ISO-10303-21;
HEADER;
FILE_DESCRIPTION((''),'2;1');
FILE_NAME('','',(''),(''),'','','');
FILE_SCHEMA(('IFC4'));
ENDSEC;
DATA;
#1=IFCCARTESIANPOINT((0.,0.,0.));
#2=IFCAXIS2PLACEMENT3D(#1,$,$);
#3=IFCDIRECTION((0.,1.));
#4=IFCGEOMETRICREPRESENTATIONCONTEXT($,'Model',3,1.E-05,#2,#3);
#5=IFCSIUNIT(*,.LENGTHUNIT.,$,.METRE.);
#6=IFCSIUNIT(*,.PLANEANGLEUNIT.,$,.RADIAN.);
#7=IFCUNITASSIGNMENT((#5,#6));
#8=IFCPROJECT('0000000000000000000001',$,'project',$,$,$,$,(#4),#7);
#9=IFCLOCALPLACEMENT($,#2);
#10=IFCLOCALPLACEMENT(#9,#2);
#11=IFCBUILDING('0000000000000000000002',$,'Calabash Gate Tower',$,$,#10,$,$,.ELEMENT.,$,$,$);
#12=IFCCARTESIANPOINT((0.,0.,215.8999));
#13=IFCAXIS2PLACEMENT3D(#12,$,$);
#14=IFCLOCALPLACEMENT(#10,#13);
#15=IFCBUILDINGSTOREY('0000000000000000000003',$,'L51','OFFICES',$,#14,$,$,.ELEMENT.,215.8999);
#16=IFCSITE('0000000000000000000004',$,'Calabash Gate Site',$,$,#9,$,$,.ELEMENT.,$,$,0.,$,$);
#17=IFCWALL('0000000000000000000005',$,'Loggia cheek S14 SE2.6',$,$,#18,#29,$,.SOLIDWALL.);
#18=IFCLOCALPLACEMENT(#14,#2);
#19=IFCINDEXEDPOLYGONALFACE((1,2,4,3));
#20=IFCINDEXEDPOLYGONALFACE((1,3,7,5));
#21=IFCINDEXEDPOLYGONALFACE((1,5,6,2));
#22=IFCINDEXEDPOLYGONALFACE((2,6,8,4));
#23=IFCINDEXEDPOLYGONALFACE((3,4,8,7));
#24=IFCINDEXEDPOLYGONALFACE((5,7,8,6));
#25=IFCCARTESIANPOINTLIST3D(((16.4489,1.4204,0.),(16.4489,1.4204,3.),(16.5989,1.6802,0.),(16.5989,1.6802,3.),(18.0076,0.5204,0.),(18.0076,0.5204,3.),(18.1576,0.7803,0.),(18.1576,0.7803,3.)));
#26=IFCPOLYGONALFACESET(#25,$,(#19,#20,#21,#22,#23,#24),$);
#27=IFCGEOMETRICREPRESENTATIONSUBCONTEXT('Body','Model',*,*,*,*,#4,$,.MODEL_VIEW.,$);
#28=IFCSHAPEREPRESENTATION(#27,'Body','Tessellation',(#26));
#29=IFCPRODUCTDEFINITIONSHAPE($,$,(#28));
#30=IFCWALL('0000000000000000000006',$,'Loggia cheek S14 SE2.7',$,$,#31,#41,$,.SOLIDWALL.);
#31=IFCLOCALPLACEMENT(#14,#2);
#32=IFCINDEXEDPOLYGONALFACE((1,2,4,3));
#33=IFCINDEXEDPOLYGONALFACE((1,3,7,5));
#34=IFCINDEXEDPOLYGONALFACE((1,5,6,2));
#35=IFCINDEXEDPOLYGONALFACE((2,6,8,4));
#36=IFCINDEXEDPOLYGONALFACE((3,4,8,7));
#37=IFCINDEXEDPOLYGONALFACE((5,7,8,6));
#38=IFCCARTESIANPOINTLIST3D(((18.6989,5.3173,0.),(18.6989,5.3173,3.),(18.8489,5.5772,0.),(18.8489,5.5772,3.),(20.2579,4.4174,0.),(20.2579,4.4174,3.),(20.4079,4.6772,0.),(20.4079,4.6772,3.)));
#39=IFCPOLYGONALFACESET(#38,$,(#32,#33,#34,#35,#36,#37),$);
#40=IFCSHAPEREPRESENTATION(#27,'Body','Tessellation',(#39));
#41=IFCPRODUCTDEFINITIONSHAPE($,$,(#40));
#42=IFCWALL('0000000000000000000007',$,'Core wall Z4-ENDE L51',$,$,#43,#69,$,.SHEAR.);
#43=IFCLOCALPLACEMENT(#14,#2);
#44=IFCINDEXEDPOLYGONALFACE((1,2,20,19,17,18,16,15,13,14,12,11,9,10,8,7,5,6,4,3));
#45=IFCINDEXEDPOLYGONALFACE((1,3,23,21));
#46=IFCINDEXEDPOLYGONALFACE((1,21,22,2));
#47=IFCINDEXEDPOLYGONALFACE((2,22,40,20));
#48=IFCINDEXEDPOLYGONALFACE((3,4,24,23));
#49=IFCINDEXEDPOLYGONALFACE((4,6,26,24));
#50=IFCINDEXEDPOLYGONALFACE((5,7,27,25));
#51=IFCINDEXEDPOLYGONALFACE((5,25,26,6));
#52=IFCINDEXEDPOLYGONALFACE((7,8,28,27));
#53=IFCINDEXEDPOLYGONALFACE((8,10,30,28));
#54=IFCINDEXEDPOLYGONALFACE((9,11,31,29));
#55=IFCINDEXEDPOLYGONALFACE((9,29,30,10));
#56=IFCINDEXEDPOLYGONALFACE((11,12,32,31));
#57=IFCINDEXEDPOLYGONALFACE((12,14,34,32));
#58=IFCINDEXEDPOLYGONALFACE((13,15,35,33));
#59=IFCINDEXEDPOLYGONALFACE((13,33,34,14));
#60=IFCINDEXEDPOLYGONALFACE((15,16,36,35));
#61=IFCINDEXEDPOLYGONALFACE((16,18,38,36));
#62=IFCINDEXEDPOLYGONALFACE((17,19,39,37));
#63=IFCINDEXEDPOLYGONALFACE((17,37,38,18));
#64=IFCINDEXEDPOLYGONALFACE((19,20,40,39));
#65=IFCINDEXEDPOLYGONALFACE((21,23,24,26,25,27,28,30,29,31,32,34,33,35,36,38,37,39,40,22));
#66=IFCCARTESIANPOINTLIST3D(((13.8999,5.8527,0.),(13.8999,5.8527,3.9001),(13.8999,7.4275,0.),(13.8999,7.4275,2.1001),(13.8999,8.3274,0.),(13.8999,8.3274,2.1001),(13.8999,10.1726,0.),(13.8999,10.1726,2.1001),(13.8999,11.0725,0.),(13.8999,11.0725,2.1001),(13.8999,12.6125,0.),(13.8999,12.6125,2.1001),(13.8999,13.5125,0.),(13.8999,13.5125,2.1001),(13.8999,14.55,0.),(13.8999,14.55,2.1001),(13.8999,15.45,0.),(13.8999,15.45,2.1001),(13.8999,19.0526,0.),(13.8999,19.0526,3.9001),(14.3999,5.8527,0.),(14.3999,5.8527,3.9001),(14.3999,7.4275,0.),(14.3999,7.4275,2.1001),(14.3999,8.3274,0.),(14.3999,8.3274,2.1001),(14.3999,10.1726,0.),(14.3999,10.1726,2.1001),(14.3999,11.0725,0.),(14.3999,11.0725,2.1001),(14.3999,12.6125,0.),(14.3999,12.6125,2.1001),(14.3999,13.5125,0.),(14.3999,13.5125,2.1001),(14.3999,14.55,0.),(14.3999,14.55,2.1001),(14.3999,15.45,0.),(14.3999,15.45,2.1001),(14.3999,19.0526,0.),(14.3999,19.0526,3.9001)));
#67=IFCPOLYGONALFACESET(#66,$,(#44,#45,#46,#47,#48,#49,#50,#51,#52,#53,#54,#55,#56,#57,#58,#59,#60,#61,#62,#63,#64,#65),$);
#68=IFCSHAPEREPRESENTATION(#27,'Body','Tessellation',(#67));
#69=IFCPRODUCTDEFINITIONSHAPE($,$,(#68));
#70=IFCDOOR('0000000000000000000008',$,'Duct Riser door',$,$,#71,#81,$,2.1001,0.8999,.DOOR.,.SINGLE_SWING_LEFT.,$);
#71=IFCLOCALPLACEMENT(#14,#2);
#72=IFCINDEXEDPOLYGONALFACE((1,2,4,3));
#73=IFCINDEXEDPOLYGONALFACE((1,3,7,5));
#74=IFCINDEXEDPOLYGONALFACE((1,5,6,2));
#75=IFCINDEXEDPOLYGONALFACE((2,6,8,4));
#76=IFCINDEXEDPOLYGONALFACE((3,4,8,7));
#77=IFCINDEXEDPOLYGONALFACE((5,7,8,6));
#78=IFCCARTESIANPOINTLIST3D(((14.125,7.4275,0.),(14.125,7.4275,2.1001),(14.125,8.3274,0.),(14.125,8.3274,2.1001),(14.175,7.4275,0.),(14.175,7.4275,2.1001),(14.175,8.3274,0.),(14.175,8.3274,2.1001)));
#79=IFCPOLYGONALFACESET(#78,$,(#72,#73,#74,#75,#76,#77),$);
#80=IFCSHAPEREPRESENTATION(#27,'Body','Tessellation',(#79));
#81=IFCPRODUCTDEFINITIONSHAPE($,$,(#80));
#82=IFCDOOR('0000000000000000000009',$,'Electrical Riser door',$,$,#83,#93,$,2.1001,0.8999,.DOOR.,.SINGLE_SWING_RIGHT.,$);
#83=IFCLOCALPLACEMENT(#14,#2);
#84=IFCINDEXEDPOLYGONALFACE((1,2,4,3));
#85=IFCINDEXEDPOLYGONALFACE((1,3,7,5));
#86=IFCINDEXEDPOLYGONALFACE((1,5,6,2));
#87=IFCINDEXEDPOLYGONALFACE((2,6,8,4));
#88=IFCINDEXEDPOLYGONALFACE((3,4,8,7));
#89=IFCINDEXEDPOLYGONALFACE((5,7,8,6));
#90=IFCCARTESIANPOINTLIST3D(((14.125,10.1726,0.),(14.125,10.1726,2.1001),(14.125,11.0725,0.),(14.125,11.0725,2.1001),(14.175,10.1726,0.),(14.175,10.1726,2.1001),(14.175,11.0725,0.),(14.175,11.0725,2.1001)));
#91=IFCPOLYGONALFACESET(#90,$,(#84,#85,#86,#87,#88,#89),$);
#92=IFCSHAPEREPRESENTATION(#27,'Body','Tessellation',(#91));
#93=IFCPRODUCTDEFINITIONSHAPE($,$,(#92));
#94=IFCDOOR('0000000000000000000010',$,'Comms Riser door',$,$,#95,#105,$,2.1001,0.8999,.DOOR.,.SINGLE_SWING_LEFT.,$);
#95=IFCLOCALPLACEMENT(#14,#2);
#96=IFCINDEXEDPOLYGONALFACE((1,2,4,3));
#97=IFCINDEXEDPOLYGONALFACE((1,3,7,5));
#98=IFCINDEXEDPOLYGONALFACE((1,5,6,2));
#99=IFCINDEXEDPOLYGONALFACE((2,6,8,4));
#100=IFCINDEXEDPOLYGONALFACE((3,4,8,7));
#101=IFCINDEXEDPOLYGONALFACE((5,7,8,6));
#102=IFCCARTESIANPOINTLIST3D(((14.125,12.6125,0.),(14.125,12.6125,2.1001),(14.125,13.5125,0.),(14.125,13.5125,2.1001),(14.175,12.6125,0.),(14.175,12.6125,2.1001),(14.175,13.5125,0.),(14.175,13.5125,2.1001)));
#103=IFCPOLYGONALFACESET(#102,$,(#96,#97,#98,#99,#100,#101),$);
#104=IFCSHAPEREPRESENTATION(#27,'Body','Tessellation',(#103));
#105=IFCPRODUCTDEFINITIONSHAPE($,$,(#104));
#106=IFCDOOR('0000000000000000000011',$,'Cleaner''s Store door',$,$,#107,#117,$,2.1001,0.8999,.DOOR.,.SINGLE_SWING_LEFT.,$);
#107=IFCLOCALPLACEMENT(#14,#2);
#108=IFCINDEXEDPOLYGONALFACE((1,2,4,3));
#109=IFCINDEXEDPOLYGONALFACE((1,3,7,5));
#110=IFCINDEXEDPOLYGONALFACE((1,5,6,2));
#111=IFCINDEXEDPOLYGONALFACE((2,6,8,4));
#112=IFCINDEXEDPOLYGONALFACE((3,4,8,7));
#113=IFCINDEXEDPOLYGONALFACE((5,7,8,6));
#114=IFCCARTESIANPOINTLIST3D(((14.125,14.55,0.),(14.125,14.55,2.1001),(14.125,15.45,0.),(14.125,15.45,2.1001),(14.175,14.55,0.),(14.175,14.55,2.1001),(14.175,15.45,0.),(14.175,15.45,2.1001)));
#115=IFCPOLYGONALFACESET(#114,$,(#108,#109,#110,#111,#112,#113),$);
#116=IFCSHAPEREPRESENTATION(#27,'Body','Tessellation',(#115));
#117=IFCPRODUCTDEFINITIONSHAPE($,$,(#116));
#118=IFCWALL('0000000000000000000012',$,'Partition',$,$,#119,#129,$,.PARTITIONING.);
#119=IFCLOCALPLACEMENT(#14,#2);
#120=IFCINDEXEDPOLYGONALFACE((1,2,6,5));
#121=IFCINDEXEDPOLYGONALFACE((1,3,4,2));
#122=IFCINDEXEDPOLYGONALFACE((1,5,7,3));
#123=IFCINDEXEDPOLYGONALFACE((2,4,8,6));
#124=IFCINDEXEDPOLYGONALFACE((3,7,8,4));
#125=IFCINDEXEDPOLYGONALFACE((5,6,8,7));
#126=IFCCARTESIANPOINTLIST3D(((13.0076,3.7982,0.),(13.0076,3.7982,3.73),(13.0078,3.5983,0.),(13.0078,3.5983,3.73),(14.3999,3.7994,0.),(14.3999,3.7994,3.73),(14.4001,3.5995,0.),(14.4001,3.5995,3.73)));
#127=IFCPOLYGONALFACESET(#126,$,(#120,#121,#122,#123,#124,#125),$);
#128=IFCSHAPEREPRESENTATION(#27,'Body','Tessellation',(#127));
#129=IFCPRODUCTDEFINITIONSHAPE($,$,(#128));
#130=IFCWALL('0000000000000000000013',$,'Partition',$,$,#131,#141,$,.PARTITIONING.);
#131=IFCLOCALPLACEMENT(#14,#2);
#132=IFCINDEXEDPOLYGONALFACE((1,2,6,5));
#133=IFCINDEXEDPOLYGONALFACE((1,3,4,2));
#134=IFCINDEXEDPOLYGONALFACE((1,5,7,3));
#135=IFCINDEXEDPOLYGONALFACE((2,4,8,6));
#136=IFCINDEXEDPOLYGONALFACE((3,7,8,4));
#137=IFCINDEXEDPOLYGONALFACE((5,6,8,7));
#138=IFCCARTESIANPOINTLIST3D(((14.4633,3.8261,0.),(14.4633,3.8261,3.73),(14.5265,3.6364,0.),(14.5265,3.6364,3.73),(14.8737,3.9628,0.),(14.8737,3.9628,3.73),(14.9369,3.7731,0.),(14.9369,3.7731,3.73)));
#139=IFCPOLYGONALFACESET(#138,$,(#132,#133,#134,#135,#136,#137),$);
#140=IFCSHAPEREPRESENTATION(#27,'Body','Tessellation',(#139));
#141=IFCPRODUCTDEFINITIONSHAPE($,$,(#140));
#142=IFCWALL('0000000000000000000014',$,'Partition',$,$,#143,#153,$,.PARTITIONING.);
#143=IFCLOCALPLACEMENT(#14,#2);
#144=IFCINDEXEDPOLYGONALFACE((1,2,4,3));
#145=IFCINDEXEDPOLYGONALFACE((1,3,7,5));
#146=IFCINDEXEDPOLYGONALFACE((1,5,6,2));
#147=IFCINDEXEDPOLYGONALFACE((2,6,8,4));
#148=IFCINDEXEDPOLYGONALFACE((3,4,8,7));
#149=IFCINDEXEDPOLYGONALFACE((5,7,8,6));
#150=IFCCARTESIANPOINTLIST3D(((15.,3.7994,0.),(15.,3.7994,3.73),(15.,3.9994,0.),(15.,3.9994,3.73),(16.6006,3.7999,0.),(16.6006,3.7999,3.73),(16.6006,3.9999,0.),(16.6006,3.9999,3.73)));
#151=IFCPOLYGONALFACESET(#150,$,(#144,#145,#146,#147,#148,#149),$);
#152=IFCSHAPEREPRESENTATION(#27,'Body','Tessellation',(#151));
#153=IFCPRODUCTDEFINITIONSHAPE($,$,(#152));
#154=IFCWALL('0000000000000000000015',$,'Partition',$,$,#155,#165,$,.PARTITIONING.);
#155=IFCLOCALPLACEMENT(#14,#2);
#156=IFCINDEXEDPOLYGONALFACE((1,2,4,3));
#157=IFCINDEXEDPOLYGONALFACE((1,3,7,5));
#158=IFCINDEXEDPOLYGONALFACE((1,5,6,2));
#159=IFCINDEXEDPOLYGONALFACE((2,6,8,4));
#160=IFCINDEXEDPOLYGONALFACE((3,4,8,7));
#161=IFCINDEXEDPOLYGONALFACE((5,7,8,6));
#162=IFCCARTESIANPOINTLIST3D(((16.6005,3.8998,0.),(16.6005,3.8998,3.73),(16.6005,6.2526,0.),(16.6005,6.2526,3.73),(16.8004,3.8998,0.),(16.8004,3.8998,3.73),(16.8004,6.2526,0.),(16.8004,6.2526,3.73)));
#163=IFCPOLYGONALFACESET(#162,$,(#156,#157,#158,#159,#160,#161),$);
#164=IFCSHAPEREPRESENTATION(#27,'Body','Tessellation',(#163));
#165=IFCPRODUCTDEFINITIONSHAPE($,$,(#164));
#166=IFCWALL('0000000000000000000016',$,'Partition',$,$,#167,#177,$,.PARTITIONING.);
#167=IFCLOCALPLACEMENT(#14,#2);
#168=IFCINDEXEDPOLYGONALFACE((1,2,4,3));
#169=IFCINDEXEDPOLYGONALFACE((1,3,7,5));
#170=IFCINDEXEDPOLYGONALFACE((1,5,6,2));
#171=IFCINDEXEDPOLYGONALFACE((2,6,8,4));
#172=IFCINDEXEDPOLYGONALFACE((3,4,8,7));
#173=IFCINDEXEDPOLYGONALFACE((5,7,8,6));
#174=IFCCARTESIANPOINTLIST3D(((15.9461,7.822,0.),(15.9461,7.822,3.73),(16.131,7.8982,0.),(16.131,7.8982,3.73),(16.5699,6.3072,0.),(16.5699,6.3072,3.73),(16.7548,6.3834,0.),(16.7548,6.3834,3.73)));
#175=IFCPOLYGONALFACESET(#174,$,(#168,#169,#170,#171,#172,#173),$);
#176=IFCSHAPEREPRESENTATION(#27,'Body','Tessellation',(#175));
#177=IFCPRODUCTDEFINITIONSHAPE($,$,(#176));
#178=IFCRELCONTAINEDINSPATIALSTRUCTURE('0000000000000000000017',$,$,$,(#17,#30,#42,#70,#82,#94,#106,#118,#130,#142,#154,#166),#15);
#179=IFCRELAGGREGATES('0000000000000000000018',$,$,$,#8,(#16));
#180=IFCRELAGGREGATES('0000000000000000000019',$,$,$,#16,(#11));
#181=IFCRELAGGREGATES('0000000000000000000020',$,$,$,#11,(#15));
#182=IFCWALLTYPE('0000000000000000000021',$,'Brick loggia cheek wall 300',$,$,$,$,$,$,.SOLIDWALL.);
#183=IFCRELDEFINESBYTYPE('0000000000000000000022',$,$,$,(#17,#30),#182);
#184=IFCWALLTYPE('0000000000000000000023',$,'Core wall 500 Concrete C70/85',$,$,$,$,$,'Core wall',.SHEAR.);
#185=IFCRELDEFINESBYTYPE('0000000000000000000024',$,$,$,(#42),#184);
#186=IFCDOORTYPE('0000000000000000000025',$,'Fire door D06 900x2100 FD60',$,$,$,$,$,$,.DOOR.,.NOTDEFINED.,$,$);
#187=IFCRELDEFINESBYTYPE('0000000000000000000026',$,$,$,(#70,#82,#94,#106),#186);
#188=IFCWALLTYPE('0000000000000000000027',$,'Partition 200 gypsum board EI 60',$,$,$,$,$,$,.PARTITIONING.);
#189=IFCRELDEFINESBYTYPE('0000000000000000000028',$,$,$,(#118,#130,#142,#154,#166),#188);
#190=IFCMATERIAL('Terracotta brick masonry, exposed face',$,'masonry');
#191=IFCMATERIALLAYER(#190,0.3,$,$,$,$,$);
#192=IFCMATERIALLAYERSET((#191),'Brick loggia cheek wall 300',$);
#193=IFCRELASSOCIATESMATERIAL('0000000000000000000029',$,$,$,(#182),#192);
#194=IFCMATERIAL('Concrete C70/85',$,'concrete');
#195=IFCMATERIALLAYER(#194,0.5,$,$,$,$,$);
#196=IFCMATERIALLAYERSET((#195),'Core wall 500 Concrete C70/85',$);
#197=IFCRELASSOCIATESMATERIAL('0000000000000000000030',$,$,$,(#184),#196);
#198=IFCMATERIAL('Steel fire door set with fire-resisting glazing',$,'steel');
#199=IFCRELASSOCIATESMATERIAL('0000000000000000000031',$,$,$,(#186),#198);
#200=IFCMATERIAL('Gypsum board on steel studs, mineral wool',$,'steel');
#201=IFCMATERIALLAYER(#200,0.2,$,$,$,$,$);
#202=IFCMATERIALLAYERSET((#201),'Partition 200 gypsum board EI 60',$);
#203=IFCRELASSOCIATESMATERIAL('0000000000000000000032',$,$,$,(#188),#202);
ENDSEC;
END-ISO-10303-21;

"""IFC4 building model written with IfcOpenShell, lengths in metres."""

from ifc_helpers import new_model, si_unit, direction, frame, frame_2d, origin, place, context, subcontext, project, spatial, rectangle, extrude, material, layer, layer_set, type_object, element, fill, save


model = new_model("IFC4")

# Units and contexts
model_context = context("Model", 3, precision=1e-05, world=origin(), true_north=direction((0.0, 1.0)))
body_context = subcontext(model_context, "Body", "Model", "MODEL_VIEW")
ifc_project = project(units=[si_unit("LENGTHUNIT", "METRE"), si_unit("PLANEANGLEUNIT", "RADIAN")], contexts=[model_context])

# Site, building, storey
site_placement = place(None, origin())
site = spatial("IfcSite", under=ifc_project, at=site_placement, Name="Calabash Gate Site", CompositionType="ELEMENT", RefElevation=0.0)
building_placement = place(site_placement, origin())
building = spatial("IfcBuilding", under=site, at=building_placement, Name="Calabash Gate Tower", CompositionType="ELEMENT")
storey_placement = place(building_placement, frame((0.0, 0.0, 215.8999)))
storey = spatial("IfcBuildingStorey", under=building, at=storey_placement, Name="L51", Description="OFFICES", CompositionType="ELEMENT", Elevation=215.8999)

# Walls
ifc_material_1 = material(Name="Terracotta brick masonry, exposed face", Category="masonry")
ifc_layer_1 = layer(ifc_material_1, 0.3)
ifc_layer_set_1 = layer_set([ifc_layer_1], Name="Brick loggia cheek wall 300")
wall_type_1 = type_object("IfcWallType", Name="Brick loggia cheek wall 300", PredefinedType="SOLIDWALL", material=ifc_layer_set_1)
wall_1_placement = place(storey_placement, frame((16.5239, 1.5503, 0.0), z_axis=(0.0, 0.0, 1.0), x_axis=(0.866014, -0.50002, 0.0)))
element("IfcWall", 1, at=wall_1_placement, inside=storey, type_object=wall_type_1, Name="Loggia cheek S14 SE2.6", PredefinedType="SOLIDWALL", context=body_context, shape_type="SweptSolid", body=[
    extrude(rectangle(XDim=1.7998, YDim=0.3, at=frame_2d((0.8999, 0.0))), origin(), (0.0, 0.0, 1.0), 3.0),
])
wall_2_placement = place(storey_placement, frame((20.3328, 4.5474, 0.0), z_axis=(0.0, 0.0, 1.0), x_axis=(-0.866048, 0.499961, 0.0)))
element("IfcWall", 2, at=wall_2_placement, inside=storey, type_object=wall_type_1, Name="Loggia cheek S14 SE2.7", PredefinedType="SOLIDWALL", context=body_context, shape_type="SweptSolid", body=[
    extrude(rectangle(XDim=1.8, YDim=0.3, at=frame_2d((0.8999, 0.0))), origin(), (0.0, 0.0, 1.0), 3.0),
])

# Wall, openings, doors
ifc_material_2 = material(Name="Concrete C70/85", Category="concrete")
ifc_layer_2 = layer(ifc_material_2, 0.5)
ifc_layer_set_2 = layer_set([ifc_layer_2], Name="Core wall 500 Concrete C70/85")
wall_type_2 = type_object("IfcWallType", Name="Core wall 500 Concrete C70/85", ElementType="Core wall", PredefinedType="SHEAR", material=ifc_layer_set_2)
wall_3_placement = place(storey_placement, frame((14.1499, 5.8525, 0.0), z_axis=(0.0, 0.0, 1.0), x_axis=(0.0, 1.0, 0.0)))
wall_3 = element("IfcWall", 3, at=wall_3_placement, inside=storey, type_object=wall_type_2, Name="Core wall Z4-ENDE L51", PredefinedType="SHEAR", context=body_context, shape_type="SweptSolid", body=[
    extrude(rectangle(XDim=13.2, YDim=0.5, at=frame_2d((6.6001, 0.0))), origin(), (0.0, 0.0, 1.0), 3.9001),
])
opening_1_placement = place(wall_3_placement, frame((1.575, 0.0, 0.0)))
opening_1 = element("IfcOpeningElement", 4, at=opening_1_placement, cuts=wall_3, PredefinedType="OPENING", context=body_context, shape_type="SweptSolid", body=[
    extrude(rectangle(XDim=0.8999, YDim=2.1001, at=frame_2d((0.45, 1.05))), frame((0.0, 0.26, 0.0), z_axis=(0.0, -1.0, 0.0), x_axis=(1.0, 0.0, 0.0)), (0.0, 0.0, 1.0), 0.52),
])
opening_2_placement = place(wall_3_placement, frame((4.3201, 0.0, 0.0)))
opening_2 = element("IfcOpeningElement", 5, at=opening_2_placement, cuts=wall_3, PredefinedType="OPENING", context=body_context, shape_type="SweptSolid", body=[
    extrude(rectangle(XDim=0.8999, YDim=2.1001, at=frame_2d((0.45, 1.05))), frame((0.0, 0.26, 0.0), z_axis=(0.0, -1.0, 0.0), x_axis=(1.0, 0.0, 0.0)), (0.0, 0.0, 1.0), 0.52),
])
opening_3_placement = place(wall_3_placement, frame((6.76, 0.0, 0.0)))
opening_3 = element("IfcOpeningElement", 6, at=opening_3_placement, cuts=wall_3, PredefinedType="OPENING", context=body_context, shape_type="SweptSolid", body=[
    extrude(rectangle(XDim=0.8999, YDim=2.1001, at=frame_2d((0.45, 1.05))), frame((0.0, 0.26, 0.0), z_axis=(0.0, -1.0, 0.0), x_axis=(1.0, 0.0, 0.0)), (0.0, 0.0, 1.0), 0.52),
])
opening_4_placement = place(wall_3_placement, frame((8.6975, 0.0, 0.0)))
opening_4 = element("IfcOpeningElement", 7, at=opening_4_placement, cuts=wall_3, PredefinedType="OPENING", context=body_context, shape_type="SweptSolid", body=[
    extrude(rectangle(XDim=0.8999, YDim=2.1001, at=frame_2d((0.45, 1.05))), frame((0.0, 0.26, 0.0), z_axis=(0.0, -1.0, 0.0), x_axis=(1.0, 0.0, 0.0)), (0.0, 0.0, 1.0), 0.52),
])
ifc_material_3 = material(Name="Steel fire door set with fire-resisting glazing", Category="steel")
door_type_1 = type_object("IfcDoorType", Name="Fire door D06 900x2100 FD60", OperationType="NOTDEFINED", PredefinedType="DOOR", material=ifc_material_3)
door_1_placement = place(opening_1_placement, origin())
door_1 = element("IfcDoor", 8, at=door_1_placement, inside=storey, type_object=door_type_1, Name="Duct Riser door", OperationType="SINGLE_SWING_LEFT", OverallHeight=2.1001, OverallWidth=0.8999, PredefinedType="DOOR", context=body_context, shape_type="SweptSolid", body=[
    extrude(rectangle(XDim=0.8999, YDim=2.1001, at=frame_2d((0.45, 1.05))), frame((0.0, 0.0249, 0.0), z_axis=(0.0, -1.0, 0.0), x_axis=(1.0, 0.0, 0.0)), (0.0, 0.0, 1.0), 0.05),
])
fill(opening_1, door_1)
door_2_placement = place(opening_2_placement, origin())
door_2 = element("IfcDoor", 9, at=door_2_placement, inside=storey, type_object=door_type_1, Name="Electrical Riser door", OperationType="SINGLE_SWING_RIGHT", OverallHeight=2.1001, OverallWidth=0.8999, PredefinedType="DOOR", context=body_context, shape_type="SweptSolid", body=[
    extrude(rectangle(XDim=0.8999, YDim=2.1001, at=frame_2d((0.45, 1.05))), frame((0.0, 0.0249, 0.0), z_axis=(0.0, -1.0, 0.0), x_axis=(1.0, 0.0, 0.0)), (0.0, 0.0, 1.0), 0.05),
])
fill(opening_2, door_2)
door_3_placement = place(opening_3_placement, origin())
door_3 = element("IfcDoor", 10, at=door_3_placement, inside=storey, type_object=door_type_1, Name="Comms Riser door", OperationType="SINGLE_SWING_LEFT", OverallHeight=2.1001, OverallWidth=0.8999, PredefinedType="DOOR", context=body_context, shape_type="SweptSolid", body=[
    extrude(rectangle(XDim=0.8999, YDim=2.1001, at=frame_2d((0.45, 1.05))), frame((0.0, 0.0249, 0.0), z_axis=(0.0, -1.0, 0.0), x_axis=(1.0, 0.0, 0.0)), (0.0, 0.0, 1.0), 0.05),
])
fill(opening_3, door_3)
door_4_placement = place(opening_4_placement, origin())
door_4 = element("IfcDoor", 11, at=door_4_placement, inside=storey, type_object=door_type_1, Name="Cleaner's Store door", OperationType="SINGLE_SWING_LEFT", OverallHeight=2.1001, OverallWidth=0.8999, PredefinedType="DOOR", context=body_context, shape_type="SweptSolid", body=[
    extrude(rectangle(XDim=0.8999, YDim=2.1001, at=frame_2d((0.45, 1.05))), frame((0.0, 0.0249, 0.0), z_axis=(0.0, -1.0, 0.0), x_axis=(1.0, 0.0, 0.0)), (0.0, 0.0, 1.0), 0.05),
])
fill(opening_4, door_4)

# Walls
ifc_material_4 = material(Name="Gypsum board on steel studs, mineral wool", Category="steel")
ifc_layer_3 = layer(ifc_material_4, 0.2)
ifc_layer_set_3 = layer_set([ifc_layer_3], Name="Partition 200 gypsum board EI 60")
wall_type_3 = type_object("IfcWallType", Name="Partition 200 gypsum board EI 60", PredefinedType="PARTITIONING", material=ifc_layer_set_3)
wall_4_placement = place(storey_placement, frame((13.0076, 3.6982, 0.0), z_axis=(0.0, 0.0, 1.0), x_axis=(1.0, 0.000877, 0.0)))
element("IfcWall", 12, at=wall_4_placement, inside=storey, type_object=wall_type_3, Name="Partition", PredefinedType="PARTITIONING", context=body_context, shape_type="SweptSolid", body=[
    extrude(rectangle(XDim=1.3923, YDim=0.2, at=frame_2d((0.6963, 0.0))), origin(), (0.0, 0.0, 1.0), 3.73),
])
wall_5_placement = place(storey_placement, frame((14.4949, 3.7312, 0.0), z_axis=(0.0, 0.0, 1.0), x_axis=(0.94874, 0.316058, 0.0)))
element("IfcWall", 13, at=wall_5_placement, inside=storey, type_object=wall_type_3, Name="Partition", PredefinedType="PARTITIONING", context=body_context, shape_type="SweptSolid", body=[
    extrude(rectangle(XDim=0.4326, YDim=0.2, at=frame_2d((0.2163, 0.0))), origin(), (0.0, 0.0, 1.0), 3.73),
])
wall_6_placement = place(storey_placement, frame((15.0, 3.8994, 0.0), z_axis=(0.0, 0.0, 1.0), x_axis=(1.0, 0.000305, 0.0)))
element("IfcWall", 14, at=wall_6_placement, inside=storey, type_object=wall_type_3, Name="Partition", PredefinedType="PARTITIONING", context=body_context, shape_type="SweptSolid", body=[
    extrude(rectangle(XDim=1.6006, YDim=0.2, at=frame_2d((0.8003, 0.0))), origin(), (0.0, 0.0, 1.0), 3.73),
])
wall_7_placement = place(storey_placement, frame((16.7004, 3.8999, 0.0), z_axis=(0.0, 0.0, 1.0), x_axis=(0.0, 1.0, 0.0)))
element("IfcWall", 15, at=wall_7_placement, inside=storey, type_object=wall_type_3, Name="Partition", PredefinedType="PARTITIONING", context=body_context, shape_type="SweptSolid", body=[
    extrude(rectangle(XDim=2.3528, YDim=0.2, at=frame_2d((1.1763, 0.0))), origin(), (0.0, 0.0, 1.0), 3.73),
])
wall_8_placement = place(storey_placement, frame((16.0386, 7.8601, 0.0), z_axis=(0.0, 0.0, 1.0), x_axis=(0.38075, -0.924678, 0.0)))
element("IfcWall", 16, at=wall_8_placement, inside=storey, type_object=wall_type_3, Name="Partition", PredefinedType="PARTITIONING", context=body_context, shape_type="SweptSolid", body=[
    extrude(rectangle(XDim=1.6382, YDim=0.2, at=frame_2d((0.8191, 0.0))), origin(), (0.0, 0.0, 1.0), 3.73),
])

save(model, "model.ifc")
